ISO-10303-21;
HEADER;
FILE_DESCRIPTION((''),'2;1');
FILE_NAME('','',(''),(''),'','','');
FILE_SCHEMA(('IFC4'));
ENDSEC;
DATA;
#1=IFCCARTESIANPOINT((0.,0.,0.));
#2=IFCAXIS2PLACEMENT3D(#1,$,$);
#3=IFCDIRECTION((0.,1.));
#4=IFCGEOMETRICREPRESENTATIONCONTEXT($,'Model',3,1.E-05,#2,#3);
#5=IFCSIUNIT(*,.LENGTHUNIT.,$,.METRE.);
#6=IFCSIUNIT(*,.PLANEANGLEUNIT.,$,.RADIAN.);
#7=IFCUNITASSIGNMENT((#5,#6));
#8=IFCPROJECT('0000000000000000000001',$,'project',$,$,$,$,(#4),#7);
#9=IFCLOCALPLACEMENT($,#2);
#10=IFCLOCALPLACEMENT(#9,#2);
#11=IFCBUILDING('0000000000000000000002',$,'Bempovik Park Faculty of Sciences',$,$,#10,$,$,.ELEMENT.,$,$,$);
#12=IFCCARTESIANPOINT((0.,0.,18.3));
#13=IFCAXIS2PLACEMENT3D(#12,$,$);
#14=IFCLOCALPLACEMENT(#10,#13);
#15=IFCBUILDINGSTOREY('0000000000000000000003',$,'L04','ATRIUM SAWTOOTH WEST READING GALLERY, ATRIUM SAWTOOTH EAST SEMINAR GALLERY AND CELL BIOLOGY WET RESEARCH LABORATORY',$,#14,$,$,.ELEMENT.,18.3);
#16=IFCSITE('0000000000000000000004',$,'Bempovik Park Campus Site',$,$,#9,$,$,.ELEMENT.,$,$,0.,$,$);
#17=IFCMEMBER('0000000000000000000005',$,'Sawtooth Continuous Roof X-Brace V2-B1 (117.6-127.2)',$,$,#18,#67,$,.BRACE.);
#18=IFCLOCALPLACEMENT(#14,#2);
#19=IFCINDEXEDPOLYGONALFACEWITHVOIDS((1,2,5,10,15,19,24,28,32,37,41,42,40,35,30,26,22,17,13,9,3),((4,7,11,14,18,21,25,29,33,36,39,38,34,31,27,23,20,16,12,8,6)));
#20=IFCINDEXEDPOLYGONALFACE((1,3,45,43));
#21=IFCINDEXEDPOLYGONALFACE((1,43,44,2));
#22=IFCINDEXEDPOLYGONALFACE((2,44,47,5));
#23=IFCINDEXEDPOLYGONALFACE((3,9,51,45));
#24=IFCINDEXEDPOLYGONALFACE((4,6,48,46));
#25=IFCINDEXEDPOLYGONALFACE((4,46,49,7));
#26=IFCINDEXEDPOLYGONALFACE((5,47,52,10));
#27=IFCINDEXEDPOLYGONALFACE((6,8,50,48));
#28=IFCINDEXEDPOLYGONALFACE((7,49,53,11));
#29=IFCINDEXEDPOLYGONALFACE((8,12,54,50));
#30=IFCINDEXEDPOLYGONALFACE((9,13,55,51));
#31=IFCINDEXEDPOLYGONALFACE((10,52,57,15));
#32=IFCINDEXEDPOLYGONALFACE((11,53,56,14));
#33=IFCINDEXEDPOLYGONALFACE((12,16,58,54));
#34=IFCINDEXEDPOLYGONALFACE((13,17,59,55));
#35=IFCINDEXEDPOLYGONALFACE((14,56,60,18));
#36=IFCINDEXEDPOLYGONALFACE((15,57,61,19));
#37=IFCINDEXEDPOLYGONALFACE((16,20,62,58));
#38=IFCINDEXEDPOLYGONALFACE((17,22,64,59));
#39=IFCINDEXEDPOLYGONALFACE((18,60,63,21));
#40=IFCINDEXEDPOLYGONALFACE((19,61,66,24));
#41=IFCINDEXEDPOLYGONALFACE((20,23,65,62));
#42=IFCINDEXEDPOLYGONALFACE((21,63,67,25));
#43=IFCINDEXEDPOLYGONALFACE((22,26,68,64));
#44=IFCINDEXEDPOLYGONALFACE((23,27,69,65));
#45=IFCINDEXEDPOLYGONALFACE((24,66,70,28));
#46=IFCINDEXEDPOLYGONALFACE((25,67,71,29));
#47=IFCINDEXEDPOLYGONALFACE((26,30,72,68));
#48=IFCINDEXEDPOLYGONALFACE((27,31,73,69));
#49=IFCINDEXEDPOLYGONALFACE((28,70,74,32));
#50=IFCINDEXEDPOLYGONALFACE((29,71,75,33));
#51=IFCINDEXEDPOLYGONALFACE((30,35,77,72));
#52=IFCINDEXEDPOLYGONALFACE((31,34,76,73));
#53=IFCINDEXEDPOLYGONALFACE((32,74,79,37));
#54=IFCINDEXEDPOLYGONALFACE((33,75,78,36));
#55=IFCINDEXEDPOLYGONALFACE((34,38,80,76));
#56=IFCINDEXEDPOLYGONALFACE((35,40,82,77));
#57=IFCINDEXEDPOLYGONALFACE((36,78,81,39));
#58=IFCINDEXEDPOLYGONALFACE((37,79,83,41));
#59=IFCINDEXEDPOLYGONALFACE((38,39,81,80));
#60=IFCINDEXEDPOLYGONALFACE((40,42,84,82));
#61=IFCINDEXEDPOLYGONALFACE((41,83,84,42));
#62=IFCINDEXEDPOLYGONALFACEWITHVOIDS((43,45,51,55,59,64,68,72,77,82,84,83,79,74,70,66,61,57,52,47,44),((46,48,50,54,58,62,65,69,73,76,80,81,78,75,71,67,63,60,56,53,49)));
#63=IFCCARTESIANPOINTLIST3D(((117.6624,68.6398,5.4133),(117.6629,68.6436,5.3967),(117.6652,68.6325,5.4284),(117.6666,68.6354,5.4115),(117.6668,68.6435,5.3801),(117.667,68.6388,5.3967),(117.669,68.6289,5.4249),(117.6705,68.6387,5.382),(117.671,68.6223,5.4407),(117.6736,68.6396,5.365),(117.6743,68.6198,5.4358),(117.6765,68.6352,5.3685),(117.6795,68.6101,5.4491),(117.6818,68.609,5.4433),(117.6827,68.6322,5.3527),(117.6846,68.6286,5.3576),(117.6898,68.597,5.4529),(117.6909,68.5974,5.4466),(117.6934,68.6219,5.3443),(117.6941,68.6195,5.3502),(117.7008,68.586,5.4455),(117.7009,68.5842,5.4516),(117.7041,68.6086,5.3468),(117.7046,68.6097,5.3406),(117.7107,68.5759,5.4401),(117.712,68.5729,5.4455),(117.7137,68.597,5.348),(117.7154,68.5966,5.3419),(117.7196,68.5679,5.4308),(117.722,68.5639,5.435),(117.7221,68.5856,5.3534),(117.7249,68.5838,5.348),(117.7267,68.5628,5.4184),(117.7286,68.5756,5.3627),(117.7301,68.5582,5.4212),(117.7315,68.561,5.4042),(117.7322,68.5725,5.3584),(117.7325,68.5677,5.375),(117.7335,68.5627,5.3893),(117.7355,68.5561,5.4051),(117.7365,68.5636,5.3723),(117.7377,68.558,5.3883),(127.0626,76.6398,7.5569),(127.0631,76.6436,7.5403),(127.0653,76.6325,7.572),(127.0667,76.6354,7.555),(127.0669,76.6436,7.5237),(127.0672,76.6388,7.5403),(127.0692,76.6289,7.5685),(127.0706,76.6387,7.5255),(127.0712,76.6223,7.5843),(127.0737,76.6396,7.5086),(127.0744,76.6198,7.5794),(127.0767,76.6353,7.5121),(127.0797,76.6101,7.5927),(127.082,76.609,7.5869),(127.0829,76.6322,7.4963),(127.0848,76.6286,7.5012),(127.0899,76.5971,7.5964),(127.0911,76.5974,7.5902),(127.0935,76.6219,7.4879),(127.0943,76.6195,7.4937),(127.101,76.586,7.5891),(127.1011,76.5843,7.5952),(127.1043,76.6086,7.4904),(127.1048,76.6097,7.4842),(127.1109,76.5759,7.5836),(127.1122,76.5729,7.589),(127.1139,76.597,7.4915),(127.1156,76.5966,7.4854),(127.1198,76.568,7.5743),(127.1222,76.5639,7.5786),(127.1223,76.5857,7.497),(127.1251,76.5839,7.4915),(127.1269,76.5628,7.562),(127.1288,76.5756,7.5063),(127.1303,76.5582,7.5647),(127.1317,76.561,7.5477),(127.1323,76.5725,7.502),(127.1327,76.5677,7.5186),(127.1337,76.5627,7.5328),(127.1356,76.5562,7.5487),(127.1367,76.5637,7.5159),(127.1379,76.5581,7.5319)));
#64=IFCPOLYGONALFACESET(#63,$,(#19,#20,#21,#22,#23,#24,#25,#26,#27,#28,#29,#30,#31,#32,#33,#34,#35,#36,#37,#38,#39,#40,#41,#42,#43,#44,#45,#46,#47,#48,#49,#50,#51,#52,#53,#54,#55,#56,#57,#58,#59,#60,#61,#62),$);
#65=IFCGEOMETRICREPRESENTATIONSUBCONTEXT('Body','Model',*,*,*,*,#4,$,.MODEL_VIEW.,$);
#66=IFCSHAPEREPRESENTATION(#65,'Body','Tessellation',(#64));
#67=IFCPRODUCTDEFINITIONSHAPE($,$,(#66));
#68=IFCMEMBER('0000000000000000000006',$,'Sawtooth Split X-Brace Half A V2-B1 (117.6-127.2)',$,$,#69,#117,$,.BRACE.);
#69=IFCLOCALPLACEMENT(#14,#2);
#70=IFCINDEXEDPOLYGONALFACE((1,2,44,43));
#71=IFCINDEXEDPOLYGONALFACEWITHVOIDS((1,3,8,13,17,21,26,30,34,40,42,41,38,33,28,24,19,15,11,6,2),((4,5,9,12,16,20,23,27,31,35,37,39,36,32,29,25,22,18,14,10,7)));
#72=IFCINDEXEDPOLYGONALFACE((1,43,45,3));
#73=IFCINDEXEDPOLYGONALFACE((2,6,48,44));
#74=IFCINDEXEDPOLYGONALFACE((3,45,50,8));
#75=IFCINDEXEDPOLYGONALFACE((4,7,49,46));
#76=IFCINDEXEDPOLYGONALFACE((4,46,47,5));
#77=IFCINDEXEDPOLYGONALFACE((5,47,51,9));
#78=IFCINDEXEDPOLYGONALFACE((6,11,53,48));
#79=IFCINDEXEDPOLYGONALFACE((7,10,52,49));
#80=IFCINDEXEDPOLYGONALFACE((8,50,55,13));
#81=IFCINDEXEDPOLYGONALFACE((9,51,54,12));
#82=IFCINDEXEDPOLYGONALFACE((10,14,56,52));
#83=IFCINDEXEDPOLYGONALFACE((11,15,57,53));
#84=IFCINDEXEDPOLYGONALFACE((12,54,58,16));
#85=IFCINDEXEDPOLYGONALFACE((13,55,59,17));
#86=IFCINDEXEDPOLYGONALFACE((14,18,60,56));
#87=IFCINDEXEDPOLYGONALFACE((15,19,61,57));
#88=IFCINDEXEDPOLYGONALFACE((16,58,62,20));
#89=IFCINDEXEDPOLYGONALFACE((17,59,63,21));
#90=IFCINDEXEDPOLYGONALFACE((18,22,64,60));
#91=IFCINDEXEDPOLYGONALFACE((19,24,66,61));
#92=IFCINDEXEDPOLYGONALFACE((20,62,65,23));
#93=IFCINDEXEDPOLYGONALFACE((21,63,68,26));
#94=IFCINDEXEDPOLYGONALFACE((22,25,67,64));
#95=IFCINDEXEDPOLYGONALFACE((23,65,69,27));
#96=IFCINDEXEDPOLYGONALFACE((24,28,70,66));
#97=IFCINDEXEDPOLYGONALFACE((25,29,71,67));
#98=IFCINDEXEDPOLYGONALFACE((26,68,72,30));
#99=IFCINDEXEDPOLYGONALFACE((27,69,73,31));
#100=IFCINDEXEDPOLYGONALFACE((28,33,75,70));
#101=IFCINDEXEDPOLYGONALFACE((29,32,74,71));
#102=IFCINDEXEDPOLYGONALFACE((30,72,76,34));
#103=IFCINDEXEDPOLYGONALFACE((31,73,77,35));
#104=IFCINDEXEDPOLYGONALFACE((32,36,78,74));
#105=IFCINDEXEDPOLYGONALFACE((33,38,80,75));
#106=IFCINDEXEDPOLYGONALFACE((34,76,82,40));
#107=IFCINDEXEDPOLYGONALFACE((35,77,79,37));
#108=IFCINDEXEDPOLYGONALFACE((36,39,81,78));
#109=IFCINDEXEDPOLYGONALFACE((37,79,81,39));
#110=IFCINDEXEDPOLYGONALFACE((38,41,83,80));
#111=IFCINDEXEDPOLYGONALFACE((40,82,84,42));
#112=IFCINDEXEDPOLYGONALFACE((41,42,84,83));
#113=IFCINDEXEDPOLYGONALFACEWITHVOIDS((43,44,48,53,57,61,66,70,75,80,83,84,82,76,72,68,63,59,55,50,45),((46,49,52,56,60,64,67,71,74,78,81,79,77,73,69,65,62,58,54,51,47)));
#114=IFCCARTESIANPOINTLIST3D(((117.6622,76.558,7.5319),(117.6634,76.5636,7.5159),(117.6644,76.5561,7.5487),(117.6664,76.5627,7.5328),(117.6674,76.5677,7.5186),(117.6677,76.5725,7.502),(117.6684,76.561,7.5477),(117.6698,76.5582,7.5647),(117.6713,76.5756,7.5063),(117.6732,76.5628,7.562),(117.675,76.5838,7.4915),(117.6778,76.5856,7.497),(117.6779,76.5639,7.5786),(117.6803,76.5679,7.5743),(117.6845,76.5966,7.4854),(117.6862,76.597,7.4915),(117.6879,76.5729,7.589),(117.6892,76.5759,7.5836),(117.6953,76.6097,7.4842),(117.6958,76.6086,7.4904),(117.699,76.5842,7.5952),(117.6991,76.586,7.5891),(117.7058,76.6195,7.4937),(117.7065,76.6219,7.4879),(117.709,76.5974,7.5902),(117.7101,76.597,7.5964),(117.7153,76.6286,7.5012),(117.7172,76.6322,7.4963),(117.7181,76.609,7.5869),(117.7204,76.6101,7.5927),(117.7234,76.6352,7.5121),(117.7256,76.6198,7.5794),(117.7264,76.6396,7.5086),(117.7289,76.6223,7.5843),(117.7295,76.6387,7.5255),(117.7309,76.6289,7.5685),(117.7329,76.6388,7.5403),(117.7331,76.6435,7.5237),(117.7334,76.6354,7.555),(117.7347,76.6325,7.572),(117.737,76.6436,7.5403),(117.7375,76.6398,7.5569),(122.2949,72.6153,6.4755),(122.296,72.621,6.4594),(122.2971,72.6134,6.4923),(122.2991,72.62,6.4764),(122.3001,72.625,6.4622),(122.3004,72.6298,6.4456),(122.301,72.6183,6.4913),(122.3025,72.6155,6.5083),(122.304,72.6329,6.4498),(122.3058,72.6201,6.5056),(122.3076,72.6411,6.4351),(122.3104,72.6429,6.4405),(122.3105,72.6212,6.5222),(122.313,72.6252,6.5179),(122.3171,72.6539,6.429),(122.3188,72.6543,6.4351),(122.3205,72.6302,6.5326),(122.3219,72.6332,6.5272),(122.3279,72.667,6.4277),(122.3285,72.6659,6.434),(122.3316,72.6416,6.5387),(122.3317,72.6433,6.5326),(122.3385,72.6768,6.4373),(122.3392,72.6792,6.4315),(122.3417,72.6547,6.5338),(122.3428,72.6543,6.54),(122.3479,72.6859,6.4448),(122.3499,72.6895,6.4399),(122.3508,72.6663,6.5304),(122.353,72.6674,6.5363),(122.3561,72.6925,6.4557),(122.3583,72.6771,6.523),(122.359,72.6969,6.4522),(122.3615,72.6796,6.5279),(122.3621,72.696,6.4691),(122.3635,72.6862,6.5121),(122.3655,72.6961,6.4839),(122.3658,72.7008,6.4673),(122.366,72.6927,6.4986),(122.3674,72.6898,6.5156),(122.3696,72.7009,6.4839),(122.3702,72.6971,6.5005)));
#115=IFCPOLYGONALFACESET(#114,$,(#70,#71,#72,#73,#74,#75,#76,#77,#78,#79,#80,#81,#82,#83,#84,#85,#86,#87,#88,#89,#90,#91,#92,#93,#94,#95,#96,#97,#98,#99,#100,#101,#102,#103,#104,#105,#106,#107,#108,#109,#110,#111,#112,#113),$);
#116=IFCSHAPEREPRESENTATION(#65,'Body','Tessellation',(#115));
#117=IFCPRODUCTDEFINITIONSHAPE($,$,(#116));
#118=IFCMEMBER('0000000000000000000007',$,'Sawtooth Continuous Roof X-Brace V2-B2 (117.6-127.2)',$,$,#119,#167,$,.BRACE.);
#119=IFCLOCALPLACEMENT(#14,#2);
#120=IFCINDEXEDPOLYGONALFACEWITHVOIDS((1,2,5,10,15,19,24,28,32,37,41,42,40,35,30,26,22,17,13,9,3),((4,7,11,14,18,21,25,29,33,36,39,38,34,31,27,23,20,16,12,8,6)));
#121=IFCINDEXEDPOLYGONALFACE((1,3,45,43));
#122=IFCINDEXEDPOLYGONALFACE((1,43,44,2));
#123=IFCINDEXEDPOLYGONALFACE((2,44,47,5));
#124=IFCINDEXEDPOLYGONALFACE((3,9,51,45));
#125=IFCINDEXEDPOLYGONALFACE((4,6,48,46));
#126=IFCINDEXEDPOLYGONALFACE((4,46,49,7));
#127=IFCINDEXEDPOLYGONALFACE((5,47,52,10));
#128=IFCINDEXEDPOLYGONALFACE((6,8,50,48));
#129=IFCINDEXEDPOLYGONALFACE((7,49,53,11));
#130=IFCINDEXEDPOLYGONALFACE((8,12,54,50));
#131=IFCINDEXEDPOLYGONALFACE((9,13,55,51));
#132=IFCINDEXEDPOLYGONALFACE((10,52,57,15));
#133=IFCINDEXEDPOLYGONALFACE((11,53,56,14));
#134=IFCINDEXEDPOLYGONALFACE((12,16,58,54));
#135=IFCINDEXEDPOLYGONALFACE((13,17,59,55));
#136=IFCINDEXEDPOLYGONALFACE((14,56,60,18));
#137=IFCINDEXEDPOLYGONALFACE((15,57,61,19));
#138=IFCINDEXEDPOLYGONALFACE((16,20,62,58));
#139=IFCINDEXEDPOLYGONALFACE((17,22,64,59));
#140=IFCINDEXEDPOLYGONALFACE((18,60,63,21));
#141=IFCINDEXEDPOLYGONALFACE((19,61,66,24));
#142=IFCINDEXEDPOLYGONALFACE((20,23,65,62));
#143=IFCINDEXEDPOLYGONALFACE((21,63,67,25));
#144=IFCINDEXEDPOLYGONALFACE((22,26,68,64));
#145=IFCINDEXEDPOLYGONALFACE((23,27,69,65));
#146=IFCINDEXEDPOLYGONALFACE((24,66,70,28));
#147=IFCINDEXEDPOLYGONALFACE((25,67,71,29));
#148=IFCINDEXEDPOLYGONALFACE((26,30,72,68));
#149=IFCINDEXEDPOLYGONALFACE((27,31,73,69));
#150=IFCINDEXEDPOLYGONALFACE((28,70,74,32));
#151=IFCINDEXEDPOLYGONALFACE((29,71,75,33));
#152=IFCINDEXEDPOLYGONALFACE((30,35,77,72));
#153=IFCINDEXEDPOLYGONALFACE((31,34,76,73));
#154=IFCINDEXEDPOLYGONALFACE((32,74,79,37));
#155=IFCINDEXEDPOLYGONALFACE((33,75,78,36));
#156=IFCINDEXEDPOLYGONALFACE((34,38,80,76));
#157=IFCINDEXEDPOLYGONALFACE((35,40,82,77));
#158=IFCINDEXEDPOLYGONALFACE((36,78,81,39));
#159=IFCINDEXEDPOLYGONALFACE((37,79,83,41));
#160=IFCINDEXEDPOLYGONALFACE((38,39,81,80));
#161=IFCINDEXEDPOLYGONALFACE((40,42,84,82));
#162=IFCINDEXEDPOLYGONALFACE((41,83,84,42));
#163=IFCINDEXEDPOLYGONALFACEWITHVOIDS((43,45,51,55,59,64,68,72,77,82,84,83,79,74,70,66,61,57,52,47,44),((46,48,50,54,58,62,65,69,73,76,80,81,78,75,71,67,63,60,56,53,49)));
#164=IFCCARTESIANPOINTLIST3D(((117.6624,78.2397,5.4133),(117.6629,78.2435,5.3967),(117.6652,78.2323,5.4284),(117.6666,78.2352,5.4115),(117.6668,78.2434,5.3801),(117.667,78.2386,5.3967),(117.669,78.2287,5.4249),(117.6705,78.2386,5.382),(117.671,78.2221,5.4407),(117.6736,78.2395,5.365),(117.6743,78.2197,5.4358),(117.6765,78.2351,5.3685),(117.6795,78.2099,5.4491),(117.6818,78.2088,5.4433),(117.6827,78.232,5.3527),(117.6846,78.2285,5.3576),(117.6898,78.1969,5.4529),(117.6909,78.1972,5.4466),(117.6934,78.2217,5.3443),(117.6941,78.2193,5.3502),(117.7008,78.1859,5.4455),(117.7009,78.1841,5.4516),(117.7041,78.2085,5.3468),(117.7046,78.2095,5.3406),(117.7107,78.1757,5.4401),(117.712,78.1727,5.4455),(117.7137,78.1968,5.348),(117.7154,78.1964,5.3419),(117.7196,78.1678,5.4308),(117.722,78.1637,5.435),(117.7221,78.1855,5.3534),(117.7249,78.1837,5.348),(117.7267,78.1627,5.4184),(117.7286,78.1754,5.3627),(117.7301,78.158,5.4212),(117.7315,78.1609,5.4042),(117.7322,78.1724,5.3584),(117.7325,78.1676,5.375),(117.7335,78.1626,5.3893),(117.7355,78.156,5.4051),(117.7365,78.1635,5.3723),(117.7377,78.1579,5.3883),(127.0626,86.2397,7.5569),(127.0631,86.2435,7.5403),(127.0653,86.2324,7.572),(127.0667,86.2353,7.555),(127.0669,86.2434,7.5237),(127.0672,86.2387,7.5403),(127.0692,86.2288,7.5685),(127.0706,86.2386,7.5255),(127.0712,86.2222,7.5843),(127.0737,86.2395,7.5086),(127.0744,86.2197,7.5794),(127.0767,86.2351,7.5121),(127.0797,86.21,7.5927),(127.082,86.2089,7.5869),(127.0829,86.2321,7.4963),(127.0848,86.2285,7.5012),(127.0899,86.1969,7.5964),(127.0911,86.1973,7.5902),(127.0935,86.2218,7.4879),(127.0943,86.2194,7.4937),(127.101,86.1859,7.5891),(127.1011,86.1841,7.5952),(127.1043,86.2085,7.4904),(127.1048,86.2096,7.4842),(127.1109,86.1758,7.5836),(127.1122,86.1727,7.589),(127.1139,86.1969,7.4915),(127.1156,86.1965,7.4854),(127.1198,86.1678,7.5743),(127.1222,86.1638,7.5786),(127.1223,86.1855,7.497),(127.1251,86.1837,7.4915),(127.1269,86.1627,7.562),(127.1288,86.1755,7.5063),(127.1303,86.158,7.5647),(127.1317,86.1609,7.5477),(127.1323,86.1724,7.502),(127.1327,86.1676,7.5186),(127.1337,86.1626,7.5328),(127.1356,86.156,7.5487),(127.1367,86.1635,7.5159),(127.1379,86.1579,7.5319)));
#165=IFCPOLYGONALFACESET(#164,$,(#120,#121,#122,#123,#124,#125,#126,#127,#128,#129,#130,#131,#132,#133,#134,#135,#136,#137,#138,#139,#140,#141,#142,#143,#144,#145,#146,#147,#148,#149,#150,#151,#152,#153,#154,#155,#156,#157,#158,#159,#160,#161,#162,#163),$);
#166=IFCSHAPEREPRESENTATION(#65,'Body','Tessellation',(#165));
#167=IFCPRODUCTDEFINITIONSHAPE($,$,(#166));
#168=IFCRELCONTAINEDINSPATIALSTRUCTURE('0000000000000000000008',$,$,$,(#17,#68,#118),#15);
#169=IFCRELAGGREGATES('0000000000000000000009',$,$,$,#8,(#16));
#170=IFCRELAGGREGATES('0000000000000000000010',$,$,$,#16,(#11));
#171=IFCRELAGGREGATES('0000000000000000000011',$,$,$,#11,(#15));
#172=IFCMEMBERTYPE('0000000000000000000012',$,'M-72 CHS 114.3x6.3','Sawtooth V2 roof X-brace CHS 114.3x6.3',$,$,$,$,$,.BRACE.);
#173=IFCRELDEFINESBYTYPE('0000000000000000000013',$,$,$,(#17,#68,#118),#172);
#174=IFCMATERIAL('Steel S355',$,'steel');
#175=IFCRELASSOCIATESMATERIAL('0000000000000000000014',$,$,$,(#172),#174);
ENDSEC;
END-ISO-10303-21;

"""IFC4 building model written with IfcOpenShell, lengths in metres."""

from ifc_helpers import new_model, si_unit, direction, frame, origin, origin_2d, place, context, subcontext, project, spatial, hollow_circle, extrude, material, material_profile, profile_set, type_object, element, save


model = new_model("IFC4")

# Units and contexts
model_context = context("Model", 3, precision=1e-05, world=origin(), true_north=direction((0.0, 1.0)))
body_context = subcontext(model_context, "Body", "Model", "MODEL_VIEW")
ifc_project = project(units=[si_unit("LENGTHUNIT", "METRE"), si_unit("PLANEANGLEUNIT", "RADIAN")], contexts=[model_context])

# Site, building, storey
site_placement = place(None, origin())
site = spatial("IfcSite", under=ifc_project, at=site_placement, Name="Bempovik Park Campus Site", CompositionType="ELEMENT", RefElevation=0.0)
building_placement = place(site_placement, origin())
building = spatial("IfcBuilding", under=site, at=building_placement, Name="Bempovik Park Faculty of Sciences", CompositionType="ELEMENT")
storey_placement = place(building_placement, frame((0.0, 0.0, 18.3)))
storey = spatial("IfcBuildingStorey", under=building, at=storey_placement, Name="L04", Description="ATRIUM SAWTOOTH WEST READING GALLERY, ATRIUM SAWTOOTH EAST SEMINAR GALLERY AND CELL BIOLOGY WET RESEARCH LABORATORY", CompositionType="ELEMENT", Elevation=18.3)

# Shared definitions
ifc_material_1 = material(Name="Steel S355", Category="steel")

# Members
ifc_material_profile_1 = material_profile(ifc_material_1, hollow_circle(Radius=0.0571, WallThickness=0.0063, at=origin_2d()), Name="CHS 114.3x6.3")
ifc_profile_set_1 = profile_set([ifc_material_profile_1], Name="Steel S355")
member_type_1 = type_object("IfcMemberType", Name="M-72 CHS 114.3x6.3", Description="Sawtooth V2 roof X-brace CHS 114.3x6.3", PredefinedType="BRACE", material=ifc_profile_set_1)
member_1_placement = place(storey_placement, frame((117.7, 68.6001, 5.3967), z_axis=(0.750315, 0.638556, 0.171097), x_axis=(-0.648113, 0.761544, 0.0)))
element("IfcMember", 1, at=member_1_placement, inside=storey, type_object=member_type_1, Name="Sawtooth Continuous Roof X-Brace V2-B1 (117.6-127.2)", PredefinedType="BRACE", context=body_context, shape_type="SweptSolid", body=[
    extrude(hollow_circle(Radius=0.0571, WallThickness=0.0063, at=origin_2d()), origin(), (0.0, 0.0, 1.0), 12.5283),
])
member_2_placement = place(storey_placement, frame((117.7, 76.6001, 7.5403), z_axis=(0.750308, -0.638563, -0.171098), x_axis=(0.64812, 0.761538, 0.0)))
element("IfcMember", 2, at=member_2_placement, inside=storey, type_object=member_type_1, Name="Sawtooth Split X-Brace Half A V2-B1 (117.6-127.2)", PredefinedType="BRACE", context=body_context, shape_type="SweptSolid", body=[
    extrude(hollow_circle(Radius=0.0571, WallThickness=0.0063, at=origin_2d()), origin(), (0.0, 0.0, 1.0), 6.1743),
])
member_3_placement = place(storey_placement, frame((117.7, 78.2, 5.3967), z_axis=(0.750315, 0.638556, 0.171097), x_axis=(-0.648113, 0.761544, 0.0)))
element("IfcMember", 3, at=member_3_placement, inside=storey, type_object=member_type_1, Name="Sawtooth Continuous Roof X-Brace V2-B2 (117.6-127.2)", PredefinedType="BRACE", context=body_context, shape_type="SweptSolid", body=[
    extrude(hollow_circle(Radius=0.0571, WallThickness=0.0063, at=origin_2d()), origin(), (0.0, 0.0, 1.0), 12.5283),
])

save(model, "model.ifc")
